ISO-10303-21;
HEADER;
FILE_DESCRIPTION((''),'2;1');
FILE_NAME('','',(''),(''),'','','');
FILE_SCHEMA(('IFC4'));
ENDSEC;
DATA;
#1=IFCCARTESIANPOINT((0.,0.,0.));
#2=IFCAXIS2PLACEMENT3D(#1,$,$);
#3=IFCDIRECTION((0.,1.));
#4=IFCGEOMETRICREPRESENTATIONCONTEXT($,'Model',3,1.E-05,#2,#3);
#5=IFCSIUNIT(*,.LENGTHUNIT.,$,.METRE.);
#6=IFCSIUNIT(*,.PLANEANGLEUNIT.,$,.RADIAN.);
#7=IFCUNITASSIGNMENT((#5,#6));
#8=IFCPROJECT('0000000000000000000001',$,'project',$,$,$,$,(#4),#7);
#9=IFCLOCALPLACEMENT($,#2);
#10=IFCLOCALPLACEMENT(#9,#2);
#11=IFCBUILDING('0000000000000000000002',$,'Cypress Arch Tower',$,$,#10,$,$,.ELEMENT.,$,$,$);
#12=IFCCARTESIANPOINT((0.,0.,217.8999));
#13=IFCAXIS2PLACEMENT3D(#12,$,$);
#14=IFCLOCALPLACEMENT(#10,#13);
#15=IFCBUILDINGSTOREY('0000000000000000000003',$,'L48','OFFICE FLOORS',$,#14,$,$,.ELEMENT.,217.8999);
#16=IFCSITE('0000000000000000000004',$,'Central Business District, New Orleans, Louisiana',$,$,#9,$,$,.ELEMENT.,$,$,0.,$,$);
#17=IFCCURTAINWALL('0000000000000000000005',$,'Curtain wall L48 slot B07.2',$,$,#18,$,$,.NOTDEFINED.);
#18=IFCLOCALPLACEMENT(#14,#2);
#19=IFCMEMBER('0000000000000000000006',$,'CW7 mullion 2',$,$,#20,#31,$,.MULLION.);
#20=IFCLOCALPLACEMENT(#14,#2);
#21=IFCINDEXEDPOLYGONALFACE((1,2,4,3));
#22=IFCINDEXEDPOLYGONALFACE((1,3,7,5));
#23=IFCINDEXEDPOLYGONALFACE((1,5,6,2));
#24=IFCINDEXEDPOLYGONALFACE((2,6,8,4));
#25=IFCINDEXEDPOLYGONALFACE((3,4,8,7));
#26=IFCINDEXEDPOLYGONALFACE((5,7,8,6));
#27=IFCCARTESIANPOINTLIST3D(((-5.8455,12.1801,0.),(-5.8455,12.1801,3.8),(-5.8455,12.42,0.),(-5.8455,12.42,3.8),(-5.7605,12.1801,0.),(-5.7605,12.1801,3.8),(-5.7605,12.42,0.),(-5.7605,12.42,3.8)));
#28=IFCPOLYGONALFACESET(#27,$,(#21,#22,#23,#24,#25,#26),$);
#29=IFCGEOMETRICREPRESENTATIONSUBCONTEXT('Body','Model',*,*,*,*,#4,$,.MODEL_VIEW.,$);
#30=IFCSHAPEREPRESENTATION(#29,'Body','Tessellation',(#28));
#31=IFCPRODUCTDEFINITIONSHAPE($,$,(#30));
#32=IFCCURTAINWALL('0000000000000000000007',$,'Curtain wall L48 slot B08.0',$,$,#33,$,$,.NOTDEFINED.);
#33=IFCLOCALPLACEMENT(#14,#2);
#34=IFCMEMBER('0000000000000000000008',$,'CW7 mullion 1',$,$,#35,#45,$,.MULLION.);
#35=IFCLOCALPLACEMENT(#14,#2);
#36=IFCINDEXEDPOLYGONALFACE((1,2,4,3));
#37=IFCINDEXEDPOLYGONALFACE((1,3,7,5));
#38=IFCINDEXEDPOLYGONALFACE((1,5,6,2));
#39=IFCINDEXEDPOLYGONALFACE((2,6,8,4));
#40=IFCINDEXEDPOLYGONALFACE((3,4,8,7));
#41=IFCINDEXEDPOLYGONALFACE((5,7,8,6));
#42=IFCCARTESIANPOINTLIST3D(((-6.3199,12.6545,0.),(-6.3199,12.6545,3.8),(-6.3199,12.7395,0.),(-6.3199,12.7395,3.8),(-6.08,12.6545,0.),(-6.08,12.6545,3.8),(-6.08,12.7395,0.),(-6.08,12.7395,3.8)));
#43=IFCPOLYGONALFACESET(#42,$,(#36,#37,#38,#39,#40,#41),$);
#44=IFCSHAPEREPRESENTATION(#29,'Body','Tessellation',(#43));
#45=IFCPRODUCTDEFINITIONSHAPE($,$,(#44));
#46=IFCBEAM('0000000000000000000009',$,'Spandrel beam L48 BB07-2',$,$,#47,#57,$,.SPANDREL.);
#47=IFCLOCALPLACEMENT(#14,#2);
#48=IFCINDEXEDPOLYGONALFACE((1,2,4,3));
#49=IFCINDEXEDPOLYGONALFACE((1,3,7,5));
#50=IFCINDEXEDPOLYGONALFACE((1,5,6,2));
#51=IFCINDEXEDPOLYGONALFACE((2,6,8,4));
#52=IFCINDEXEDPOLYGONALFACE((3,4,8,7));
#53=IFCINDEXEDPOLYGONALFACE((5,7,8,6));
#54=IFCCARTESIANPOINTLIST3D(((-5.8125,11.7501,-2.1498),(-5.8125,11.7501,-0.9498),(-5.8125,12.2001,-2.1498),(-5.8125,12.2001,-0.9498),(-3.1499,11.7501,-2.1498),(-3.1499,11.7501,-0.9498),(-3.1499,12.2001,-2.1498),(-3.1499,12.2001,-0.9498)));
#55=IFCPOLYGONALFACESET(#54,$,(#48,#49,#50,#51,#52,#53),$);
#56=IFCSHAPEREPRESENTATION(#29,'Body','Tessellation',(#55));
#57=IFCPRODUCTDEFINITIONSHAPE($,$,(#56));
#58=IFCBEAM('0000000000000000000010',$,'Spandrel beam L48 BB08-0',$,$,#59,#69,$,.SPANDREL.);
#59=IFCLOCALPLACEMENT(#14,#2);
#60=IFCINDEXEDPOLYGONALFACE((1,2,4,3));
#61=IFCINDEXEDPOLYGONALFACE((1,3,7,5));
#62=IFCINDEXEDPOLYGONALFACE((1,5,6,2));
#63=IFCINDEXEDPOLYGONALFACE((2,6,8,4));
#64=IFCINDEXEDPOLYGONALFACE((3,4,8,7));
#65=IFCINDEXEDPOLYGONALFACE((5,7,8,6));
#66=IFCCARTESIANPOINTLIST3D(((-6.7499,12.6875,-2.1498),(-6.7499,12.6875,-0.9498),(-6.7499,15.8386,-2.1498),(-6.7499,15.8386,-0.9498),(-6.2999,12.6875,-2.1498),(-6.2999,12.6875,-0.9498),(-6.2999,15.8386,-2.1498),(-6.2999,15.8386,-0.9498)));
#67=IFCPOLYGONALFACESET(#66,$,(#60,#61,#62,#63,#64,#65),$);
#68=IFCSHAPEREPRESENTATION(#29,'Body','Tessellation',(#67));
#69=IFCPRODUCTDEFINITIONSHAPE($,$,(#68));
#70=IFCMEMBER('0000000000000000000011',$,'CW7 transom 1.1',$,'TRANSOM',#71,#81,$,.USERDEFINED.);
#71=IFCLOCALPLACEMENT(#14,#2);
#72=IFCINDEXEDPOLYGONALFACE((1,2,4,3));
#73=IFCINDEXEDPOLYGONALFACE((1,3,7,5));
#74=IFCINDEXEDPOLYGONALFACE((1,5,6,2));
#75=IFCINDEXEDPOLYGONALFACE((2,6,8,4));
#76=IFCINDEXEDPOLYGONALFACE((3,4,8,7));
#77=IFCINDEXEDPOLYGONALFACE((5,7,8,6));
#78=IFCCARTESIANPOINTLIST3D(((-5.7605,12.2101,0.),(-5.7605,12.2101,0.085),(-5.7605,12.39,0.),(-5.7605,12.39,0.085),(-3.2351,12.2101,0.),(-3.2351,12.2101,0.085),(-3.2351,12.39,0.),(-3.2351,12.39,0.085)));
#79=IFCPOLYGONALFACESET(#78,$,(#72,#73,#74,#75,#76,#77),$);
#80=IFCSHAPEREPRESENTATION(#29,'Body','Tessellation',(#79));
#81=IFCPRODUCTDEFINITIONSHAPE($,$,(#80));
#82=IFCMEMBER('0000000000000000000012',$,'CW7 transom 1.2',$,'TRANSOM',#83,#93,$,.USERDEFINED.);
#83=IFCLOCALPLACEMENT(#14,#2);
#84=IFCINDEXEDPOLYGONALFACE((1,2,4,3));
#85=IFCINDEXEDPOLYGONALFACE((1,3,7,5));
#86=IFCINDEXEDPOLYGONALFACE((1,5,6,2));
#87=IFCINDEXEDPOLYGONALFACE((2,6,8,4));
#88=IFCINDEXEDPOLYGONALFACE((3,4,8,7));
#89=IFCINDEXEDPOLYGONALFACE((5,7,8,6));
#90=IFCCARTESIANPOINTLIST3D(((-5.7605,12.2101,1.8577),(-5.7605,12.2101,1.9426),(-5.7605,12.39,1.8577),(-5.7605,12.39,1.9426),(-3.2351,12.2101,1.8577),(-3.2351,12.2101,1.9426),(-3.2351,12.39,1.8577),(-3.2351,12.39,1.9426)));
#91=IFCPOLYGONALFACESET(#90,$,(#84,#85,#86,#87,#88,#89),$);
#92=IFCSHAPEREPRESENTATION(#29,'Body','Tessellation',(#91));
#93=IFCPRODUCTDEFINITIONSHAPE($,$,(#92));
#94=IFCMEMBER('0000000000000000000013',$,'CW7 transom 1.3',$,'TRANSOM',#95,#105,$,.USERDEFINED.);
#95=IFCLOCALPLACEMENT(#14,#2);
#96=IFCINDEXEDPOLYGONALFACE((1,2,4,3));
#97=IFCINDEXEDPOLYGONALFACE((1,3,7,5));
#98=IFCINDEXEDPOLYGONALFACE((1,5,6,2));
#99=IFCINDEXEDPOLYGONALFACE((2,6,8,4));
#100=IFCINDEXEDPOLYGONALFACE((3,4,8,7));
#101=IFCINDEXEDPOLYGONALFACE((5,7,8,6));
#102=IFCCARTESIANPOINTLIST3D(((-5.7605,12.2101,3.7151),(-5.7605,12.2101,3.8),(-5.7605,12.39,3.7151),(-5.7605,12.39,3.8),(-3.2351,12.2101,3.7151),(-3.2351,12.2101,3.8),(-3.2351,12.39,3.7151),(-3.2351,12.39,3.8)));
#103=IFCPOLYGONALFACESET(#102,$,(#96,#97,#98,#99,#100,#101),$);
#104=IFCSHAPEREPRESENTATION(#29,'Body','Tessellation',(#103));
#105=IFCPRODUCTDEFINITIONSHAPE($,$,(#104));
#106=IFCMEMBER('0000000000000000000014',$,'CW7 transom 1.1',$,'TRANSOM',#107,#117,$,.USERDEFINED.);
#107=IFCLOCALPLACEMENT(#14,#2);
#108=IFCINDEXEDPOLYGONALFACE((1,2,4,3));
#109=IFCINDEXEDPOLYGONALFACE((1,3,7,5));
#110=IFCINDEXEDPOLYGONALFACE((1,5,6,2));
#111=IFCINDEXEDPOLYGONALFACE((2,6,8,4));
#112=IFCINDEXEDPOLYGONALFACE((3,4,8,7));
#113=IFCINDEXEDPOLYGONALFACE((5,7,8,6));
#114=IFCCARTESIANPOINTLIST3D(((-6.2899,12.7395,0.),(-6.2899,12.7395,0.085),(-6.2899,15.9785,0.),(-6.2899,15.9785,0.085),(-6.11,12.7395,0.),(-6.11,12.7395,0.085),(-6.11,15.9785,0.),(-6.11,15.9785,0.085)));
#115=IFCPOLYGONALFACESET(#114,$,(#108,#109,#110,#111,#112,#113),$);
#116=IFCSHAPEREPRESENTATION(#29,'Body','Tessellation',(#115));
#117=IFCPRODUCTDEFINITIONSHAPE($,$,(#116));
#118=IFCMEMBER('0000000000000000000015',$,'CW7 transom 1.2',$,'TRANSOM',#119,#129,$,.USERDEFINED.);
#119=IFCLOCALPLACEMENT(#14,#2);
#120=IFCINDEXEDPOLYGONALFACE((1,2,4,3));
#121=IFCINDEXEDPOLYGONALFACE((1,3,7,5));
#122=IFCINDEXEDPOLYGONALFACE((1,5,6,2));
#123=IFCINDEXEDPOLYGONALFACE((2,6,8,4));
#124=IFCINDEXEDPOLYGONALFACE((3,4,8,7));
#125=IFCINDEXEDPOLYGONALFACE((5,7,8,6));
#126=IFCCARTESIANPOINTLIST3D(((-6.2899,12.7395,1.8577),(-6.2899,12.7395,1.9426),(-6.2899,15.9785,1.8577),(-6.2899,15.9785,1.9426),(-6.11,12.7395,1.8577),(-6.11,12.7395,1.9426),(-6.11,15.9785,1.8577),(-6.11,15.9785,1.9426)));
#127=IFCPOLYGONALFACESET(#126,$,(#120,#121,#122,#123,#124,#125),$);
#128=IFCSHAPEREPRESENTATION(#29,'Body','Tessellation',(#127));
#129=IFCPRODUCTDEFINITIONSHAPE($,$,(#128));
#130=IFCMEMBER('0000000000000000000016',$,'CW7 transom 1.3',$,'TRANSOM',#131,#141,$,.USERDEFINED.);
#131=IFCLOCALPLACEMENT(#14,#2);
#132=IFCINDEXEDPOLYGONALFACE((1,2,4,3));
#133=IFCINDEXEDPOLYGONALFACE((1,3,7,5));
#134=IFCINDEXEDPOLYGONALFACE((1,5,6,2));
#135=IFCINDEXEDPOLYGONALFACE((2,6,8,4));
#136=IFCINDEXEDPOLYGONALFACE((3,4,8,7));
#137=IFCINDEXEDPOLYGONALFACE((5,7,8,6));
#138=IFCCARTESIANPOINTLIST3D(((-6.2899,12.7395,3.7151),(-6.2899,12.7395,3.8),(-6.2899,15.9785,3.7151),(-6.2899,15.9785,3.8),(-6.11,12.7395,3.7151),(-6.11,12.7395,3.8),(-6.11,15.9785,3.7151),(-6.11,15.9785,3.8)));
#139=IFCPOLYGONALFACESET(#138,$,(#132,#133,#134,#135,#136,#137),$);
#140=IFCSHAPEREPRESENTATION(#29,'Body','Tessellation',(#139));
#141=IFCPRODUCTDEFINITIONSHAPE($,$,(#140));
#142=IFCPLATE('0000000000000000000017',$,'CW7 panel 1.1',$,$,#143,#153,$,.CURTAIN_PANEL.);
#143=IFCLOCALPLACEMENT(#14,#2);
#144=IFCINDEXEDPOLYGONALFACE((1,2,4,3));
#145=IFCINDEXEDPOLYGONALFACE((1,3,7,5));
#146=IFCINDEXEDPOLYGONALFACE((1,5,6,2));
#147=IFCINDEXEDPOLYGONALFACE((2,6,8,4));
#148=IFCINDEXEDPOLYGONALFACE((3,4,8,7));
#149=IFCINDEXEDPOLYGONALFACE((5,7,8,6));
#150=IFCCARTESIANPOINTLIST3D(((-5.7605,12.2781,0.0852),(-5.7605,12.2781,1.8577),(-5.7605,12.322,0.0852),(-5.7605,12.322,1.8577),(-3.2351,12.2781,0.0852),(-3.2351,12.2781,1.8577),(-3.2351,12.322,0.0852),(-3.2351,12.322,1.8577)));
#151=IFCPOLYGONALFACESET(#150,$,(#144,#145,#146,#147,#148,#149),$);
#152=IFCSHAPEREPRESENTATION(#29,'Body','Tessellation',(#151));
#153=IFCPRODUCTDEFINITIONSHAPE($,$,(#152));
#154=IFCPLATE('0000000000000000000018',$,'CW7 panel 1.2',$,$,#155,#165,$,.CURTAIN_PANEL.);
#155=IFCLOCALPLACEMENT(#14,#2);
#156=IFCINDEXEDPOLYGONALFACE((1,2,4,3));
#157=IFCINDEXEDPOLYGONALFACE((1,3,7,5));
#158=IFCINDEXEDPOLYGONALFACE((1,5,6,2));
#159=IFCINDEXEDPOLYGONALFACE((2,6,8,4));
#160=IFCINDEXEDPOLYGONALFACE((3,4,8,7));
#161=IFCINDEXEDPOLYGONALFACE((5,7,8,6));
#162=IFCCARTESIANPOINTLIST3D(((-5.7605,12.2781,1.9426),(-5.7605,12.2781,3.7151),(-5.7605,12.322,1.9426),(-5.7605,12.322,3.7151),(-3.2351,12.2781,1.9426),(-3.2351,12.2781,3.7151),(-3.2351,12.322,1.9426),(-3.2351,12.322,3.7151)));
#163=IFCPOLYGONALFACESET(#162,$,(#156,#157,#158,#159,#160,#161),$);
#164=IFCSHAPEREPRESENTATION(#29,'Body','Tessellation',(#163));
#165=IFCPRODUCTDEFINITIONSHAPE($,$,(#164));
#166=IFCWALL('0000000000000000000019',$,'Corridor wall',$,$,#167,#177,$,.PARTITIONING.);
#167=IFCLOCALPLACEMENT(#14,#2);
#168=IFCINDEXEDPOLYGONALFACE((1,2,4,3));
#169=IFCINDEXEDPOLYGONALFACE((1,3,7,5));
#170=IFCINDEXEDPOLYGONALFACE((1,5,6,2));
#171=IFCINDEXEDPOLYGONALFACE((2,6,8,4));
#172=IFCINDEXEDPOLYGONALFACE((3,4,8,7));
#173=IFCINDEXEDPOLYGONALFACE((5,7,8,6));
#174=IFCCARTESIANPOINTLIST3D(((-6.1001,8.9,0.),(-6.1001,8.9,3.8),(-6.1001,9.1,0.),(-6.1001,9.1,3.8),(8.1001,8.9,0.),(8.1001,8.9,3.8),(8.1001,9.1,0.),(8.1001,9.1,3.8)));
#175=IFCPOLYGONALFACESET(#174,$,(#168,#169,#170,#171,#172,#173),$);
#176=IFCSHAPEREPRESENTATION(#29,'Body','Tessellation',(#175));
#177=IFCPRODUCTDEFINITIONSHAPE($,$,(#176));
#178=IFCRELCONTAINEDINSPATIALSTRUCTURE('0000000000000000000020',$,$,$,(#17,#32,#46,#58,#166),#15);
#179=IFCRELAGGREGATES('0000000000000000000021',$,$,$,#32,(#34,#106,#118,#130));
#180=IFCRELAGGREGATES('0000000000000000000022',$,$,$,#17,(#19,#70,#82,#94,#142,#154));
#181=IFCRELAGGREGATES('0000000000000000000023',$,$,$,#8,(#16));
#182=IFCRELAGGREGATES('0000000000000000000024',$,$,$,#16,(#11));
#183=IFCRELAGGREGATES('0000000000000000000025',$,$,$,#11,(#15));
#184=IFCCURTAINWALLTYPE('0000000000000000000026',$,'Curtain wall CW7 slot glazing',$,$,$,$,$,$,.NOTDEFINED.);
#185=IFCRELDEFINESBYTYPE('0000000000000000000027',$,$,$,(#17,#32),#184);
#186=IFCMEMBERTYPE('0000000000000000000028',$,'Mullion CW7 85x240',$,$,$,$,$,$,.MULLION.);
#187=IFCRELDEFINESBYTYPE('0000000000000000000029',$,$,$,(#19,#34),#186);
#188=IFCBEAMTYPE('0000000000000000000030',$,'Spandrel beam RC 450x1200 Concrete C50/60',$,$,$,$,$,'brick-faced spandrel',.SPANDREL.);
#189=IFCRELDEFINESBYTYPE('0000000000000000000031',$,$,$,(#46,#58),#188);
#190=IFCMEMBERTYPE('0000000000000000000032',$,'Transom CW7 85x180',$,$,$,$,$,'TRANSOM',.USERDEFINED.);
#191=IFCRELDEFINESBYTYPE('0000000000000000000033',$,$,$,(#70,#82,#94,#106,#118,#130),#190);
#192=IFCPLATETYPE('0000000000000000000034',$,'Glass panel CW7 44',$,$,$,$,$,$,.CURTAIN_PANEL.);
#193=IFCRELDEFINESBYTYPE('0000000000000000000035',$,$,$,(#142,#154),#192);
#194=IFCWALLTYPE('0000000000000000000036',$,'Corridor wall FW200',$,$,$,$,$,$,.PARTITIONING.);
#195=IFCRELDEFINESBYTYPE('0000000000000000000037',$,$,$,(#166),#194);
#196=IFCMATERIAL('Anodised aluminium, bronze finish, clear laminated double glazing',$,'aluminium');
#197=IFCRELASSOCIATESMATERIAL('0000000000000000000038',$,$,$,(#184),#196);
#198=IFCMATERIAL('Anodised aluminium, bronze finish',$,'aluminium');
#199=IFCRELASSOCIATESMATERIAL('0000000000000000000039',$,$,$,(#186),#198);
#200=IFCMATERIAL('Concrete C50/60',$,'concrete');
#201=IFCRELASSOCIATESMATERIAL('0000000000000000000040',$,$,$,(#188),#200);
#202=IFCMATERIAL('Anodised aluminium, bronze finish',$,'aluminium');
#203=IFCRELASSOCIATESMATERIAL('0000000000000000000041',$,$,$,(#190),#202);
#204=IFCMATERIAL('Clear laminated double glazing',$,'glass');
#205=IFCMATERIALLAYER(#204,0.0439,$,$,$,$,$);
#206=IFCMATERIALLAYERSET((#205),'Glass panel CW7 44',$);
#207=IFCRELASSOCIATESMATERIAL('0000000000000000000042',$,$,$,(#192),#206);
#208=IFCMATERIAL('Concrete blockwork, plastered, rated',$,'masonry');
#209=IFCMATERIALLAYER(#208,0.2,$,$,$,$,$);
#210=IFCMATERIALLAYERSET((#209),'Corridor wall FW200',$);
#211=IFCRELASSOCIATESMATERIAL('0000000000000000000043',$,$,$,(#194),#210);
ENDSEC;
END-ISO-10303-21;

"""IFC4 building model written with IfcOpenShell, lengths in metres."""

from ifc_helpers import new_model, si_unit, direction, frame, frame_2d, origin, origin_2d, place, context, subcontext, project, spatial, rectangle, extrude, material, layer, layer_set, material_profile, profile_set, type_object, element, aggregate, save


model = new_model("IFC4")

# Units and contexts
model_context = context("Model", 3, precision=1e-05, world=origin(), true_north=direction((0.0, 1.0)))
body_context = subcontext(model_context, "Body", "Model", "MODEL_VIEW")
ifc_project = project(units=[si_unit("LENGTHUNIT", "METRE"), si_unit("PLANEANGLEUNIT", "RADIAN")], contexts=[model_context])

# Site, building, storey
site_placement = place(None, origin())
site = spatial("IfcSite", under=ifc_project, at=site_placement, Name="Central Business District, New Orleans, Louisiana", CompositionType="ELEMENT", RefElevation=0.0)
building_placement = place(site_placement, origin())
building = spatial("IfcBuilding", under=site, at=building_placement, Name="Cypress Arch Tower", CompositionType="ELEMENT")
storey_placement = place(building_placement, frame((0.0, 0.0, 217.8999)))
storey = spatial("IfcBuildingStorey", under=building, at=storey_placement, Name="L48", Description="OFFICE FLOORS", CompositionType="ELEMENT", Elevation=217.8999)

# Shared definitions
ifc_material_1 = material(Name="Anodised aluminium, bronze finish, clear laminated double glazing", Category="aluminium")
curtain_wall_type = type_object("IfcCurtainWallType", Name="Curtain wall CW7 slot glazing", PredefinedType="NOTDEFINED", material=ifc_material_1)
ifc_material_2 = material(Name="Anodised aluminium, bronze finish", Category="aluminium")
ifc_material_profile_1 = material_profile(ifc_material_2, rectangle(XDim=0.24, YDim=0.085, at=origin_2d()), Name="Mullion 85x240")
ifc_profile_set_1 = profile_set([ifc_material_profile_1], Name="Anodised aluminium, bronze finish")
member_type_1 = type_object("IfcMemberType", Name="Mullion CW7 85x240", PredefinedType="MULLION", material=ifc_profile_set_1)

# Curtain wall, member
curtain_wall_1_placement = place(storey_placement, origin())
curtain_wall_1 = element("IfcCurtainWall", 1, at=curtain_wall_1_placement, inside=storey, type_object=curtain_wall_type, Name="Curtain wall L48 slot B07.2", PredefinedType="NOTDEFINED")
member_1_placement = place(storey_placement, frame((-5.803, 12.3, 0.0), z_axis=(0.0, 0.0, 1.0), x_axis=(0.0, -1.0, 0.0)))
member_1 = element("IfcMember", 2, at=member_1_placement, type_object=member_type_1, Name="CW7 mullion 2", PredefinedType="MULLION", context=body_context, shape_type="SweptSolid", body=[
    extrude(rectangle(XDim=0.24, YDim=0.085, at=origin_2d()), origin(), (0.0, 0.0, 1.0), 3.8),
])

# Curtain wall, member
curtain_wall_2_placement = place(storey_placement, origin())
curtain_wall_2 = element("IfcCurtainWall", 3, at=curtain_wall_2_placement, inside=storey, type_object=curtain_wall_type, Name="Curtain wall L48 slot B08.0", PredefinedType="NOTDEFINED")
member_2_placement = place(storey_placement, frame((-6.2, 12.697, 0.0), z_axis=(0.0, 0.0, 1.0), x_axis=(-1.0, 0.0, 0.0)))
member_2 = element("IfcMember", 4, at=member_2_placement, type_object=member_type_1, Name="CW7 mullion 1", PredefinedType="MULLION", context=body_context, shape_type="SweptSolid", body=[
    extrude(rectangle(XDim=0.24, YDim=0.085, at=origin_2d()), origin(), (0.0, 0.0, 1.0), 3.8),
])

# Beams
ifc_material_3 = material(Name="Concrete C50/60", Category="concrete")
ifc_material_profile_2 = material_profile(ifc_material_3, rectangle(XDim=0.45, YDim=1.2, at=origin_2d()), Name="RC 450x1200")
ifc_profile_set_2 = profile_set([ifc_material_profile_2], Name="Concrete C50/60")
beam_type_1 = type_object("IfcBeamType", Name="Spandrel beam RC 450x1200 Concrete C50/60", ElementType="brick-faced spandrel", PredefinedType="SPANDREL", material=ifc_profile_set_2)
beam_1_placement = place(storey_placement, frame((-3.1499, 11.9751, -1.5498), z_axis=(-1.0, 0.0, 0.0), x_axis=(0.0, -1.0, 0.0)))
element("IfcBeam", 5, at=beam_1_placement, inside=storey, type_object=beam_type_1, Name="Spandrel beam L48 BB07-2", PredefinedType="SPANDREL", context=body_context, shape_type="SweptSolid", body=[
    extrude(rectangle(XDim=0.45, YDim=1.2, at=origin_2d()), origin(), (0.0, 0.0, 1.0), 2.6626),
])
beam_2_placement = place(storey_placement, frame((-6.5249, 12.6875, -1.5498), z_axis=(0.0, 1.0, 0.0), x_axis=(-1.0, 0.0, 0.0)))
element("IfcBeam", 6, at=beam_2_placement, inside=storey, type_object=beam_type_1, Name="Spandrel beam L48 BB08-0", PredefinedType="SPANDREL", context=body_context, shape_type="SweptSolid", body=[
    extrude(rectangle(XDim=0.45, YDim=1.2, at=origin_2d()), origin(), (0.0, 0.0, 1.0), 3.1511),
])

# Members
ifc_material_4 = material(Name="Anodised aluminium, bronze finish", Category="aluminium")
ifc_material_profile_3 = material_profile(ifc_material_4, rectangle(XDim=0.1799, YDim=0.085, at=origin_2d()), Name="Transom 85x180")
ifc_profile_set_3 = profile_set([ifc_material_profile_3], Name="Anodised aluminium, bronze finish")
member_type_2 = type_object("IfcMemberType", Name="Transom CW7 85x180", ElementType="TRANSOM", PredefinedType="USERDEFINED", material=ifc_profile_set_3)
member_3_placement = place(storey_placement, frame((-3.2351, 12.3, 0.0425), z_axis=(-1.0, 0.0, 0.0), x_axis=(0.0, -1.0, 0.0)))
member_3 = element("IfcMember", 7, at=member_3_placement, type_object=member_type_2, Name="CW7 transom 1.1", ObjectType="TRANSOM", PredefinedType="USERDEFINED", context=body_context, shape_type="SweptSolid", body=[
    extrude(rectangle(XDim=0.1799, YDim=0.085, at=origin_2d()), origin(), (0.0, 0.0, 1.0), 2.5254),
])
member_4_placement = place(storey_placement, frame((-3.2351, 12.3, 1.9001), z_axis=(-1.0, 0.0, 0.0), x_axis=(0.0, -1.0, 0.0)))
member_4 = element("IfcMember", 8, at=member_4_placement, type_object=member_type_2, Name="CW7 transom 1.2", ObjectType="TRANSOM", PredefinedType="USERDEFINED", context=body_context, shape_type="SweptSolid", body=[
    extrude(rectangle(XDim=0.1799, YDim=0.085, at=origin_2d()), origin(), (0.0, 0.0, 1.0), 2.5254),
])
member_5_placement = place(storey_placement, frame((-3.2351, 12.3, 3.7576), z_axis=(-1.0, 0.0, 0.0), x_axis=(0.0, -1.0, 0.0)))
member_5 = element("IfcMember", 9, at=member_5_placement, type_object=member_type_2, Name="CW7 transom 1.3", ObjectType="TRANSOM", PredefinedType="USERDEFINED", context=body_context, shape_type="SweptSolid", body=[
    extrude(rectangle(XDim=0.1799, YDim=0.085, at=origin_2d()), origin(), (0.0, 0.0, 1.0), 2.5254),
])
member_6_placement = place(storey_placement, frame((-6.2, 12.7395, 0.0425), z_axis=(0.0, 1.0, 0.0), x_axis=(-1.0, 0.0, 0.0)))
member_6 = element("IfcMember", 10, at=member_6_placement, type_object=member_type_2, Name="CW7 transom 1.1", ObjectType="TRANSOM", PredefinedType="USERDEFINED", context=body_context, shape_type="SweptSolid", body=[
    extrude(rectangle(XDim=0.1799, YDim=0.085, at=origin_2d()), origin(), (0.0, 0.0, 1.0), 3.239),
])
member_7_placement = place(storey_placement, frame((-6.2, 12.7395, 1.9001), z_axis=(0.0, 1.0, 0.0), x_axis=(-1.0, 0.0, 0.0)))
member_7 = element("IfcMember", 11, at=member_7_placement, type_object=member_type_2, Name="CW7 transom 1.2", ObjectType="TRANSOM", PredefinedType="USERDEFINED", context=body_context, shape_type="SweptSolid", body=[
    extrude(rectangle(XDim=0.1799, YDim=0.085, at=origin_2d()), origin(), (0.0, 0.0, 1.0), 3.239),
])
member_8_placement = place(storey_placement, frame((-6.2, 12.7395, 3.7576), z_axis=(0.0, 1.0, 0.0), x_axis=(-1.0, 0.0, 0.0)))
member_8 = element("IfcMember", 12, at=member_8_placement, type_object=member_type_2, Name="CW7 transom 1.3", ObjectType="TRANSOM", PredefinedType="USERDEFINED", context=body_context, shape_type="SweptSolid", body=[
    extrude(rectangle(XDim=0.1799, YDim=0.085, at=origin_2d()), origin(), (0.0, 0.0, 1.0), 3.239),
])
aggregate(curtain_wall_2, [member_2, member_6, member_7, member_8])

# Plates
ifc_material_5 = material(Name="Clear laminated double glazing", Category="glass")
ifc_layer_1 = layer(ifc_material_5, 0.0439)
ifc_layer_set_1 = layer_set([ifc_layer_1], Name="Glass panel CW7 44")
plate_type = type_object("IfcPlateType", Name="Glass panel CW7 44", PredefinedType="CURTAIN_PANEL", material=ifc_layer_set_1)
plate_1_placement = place(storey_placement, frame((-4.4978, 12.3, 0.0852), z_axis=(0.0, 0.0, 1.0), x_axis=(-1.0, 0.0, 0.0)))
plate_1 = element("IfcPlate", 13, at=plate_1_placement, type_object=plate_type, Name="CW7 panel 1.1", PredefinedType="CURTAIN_PANEL", context=body_context, shape_type="SweptSolid", body=[
    extrude(rectangle(XDim=2.5254, YDim=0.0439, at=origin_2d()), origin(), (0.0, 0.0, 1.0), 1.7725),
])
plate_2_placement = place(storey_placement, frame((-4.4978, 12.3, 1.9426), z_axis=(0.0, 0.0, 1.0), x_axis=(-1.0, 0.0, 0.0)))
plate_2 = element("IfcPlate", 14, at=plate_2_placement, type_object=plate_type, Name="CW7 panel 1.2", PredefinedType="CURTAIN_PANEL", context=body_context, shape_type="SweptSolid", body=[
    extrude(rectangle(XDim=2.5254, YDim=0.0439, at=origin_2d()), origin(), (0.0, 0.0, 1.0), 1.7725),
])
aggregate(curtain_wall_1, [member_1, member_3, member_4, member_5, plate_1, plate_2])

# Shared definitions
ifc_material_6 = material(Name="Concrete blockwork, plastered, rated", Category="masonry")
ifc_layer_2 = layer(ifc_material_6, 0.2)
ifc_layer_set_2 = layer_set([ifc_layer_2], Name="Corridor wall FW200")
wall_type = type_object("IfcWallType", Name="Corridor wall FW200", PredefinedType="PARTITIONING", material=ifc_layer_set_2)

# Wall
wall_1_placement = place(storey_placement, frame((-6.1001, 9.0, 0.0), z_axis=(0.0, 0.0, 1.0), x_axis=(1.0, 0.0, 0.0)))
element("IfcWall", 15, at=wall_1_placement, inside=storey, type_object=wall_type, Name="Corridor wall", PredefinedType="PARTITIONING", context=body_context, shape_type="SweptSolid", body=[
    extrude(rectangle(XDim=14.2002, YDim=0.2, at=frame_2d((7.1001, 0.0))), origin(), (0.0, 0.0, 1.0), 3.8),
])

save(model, "model.ifc")
